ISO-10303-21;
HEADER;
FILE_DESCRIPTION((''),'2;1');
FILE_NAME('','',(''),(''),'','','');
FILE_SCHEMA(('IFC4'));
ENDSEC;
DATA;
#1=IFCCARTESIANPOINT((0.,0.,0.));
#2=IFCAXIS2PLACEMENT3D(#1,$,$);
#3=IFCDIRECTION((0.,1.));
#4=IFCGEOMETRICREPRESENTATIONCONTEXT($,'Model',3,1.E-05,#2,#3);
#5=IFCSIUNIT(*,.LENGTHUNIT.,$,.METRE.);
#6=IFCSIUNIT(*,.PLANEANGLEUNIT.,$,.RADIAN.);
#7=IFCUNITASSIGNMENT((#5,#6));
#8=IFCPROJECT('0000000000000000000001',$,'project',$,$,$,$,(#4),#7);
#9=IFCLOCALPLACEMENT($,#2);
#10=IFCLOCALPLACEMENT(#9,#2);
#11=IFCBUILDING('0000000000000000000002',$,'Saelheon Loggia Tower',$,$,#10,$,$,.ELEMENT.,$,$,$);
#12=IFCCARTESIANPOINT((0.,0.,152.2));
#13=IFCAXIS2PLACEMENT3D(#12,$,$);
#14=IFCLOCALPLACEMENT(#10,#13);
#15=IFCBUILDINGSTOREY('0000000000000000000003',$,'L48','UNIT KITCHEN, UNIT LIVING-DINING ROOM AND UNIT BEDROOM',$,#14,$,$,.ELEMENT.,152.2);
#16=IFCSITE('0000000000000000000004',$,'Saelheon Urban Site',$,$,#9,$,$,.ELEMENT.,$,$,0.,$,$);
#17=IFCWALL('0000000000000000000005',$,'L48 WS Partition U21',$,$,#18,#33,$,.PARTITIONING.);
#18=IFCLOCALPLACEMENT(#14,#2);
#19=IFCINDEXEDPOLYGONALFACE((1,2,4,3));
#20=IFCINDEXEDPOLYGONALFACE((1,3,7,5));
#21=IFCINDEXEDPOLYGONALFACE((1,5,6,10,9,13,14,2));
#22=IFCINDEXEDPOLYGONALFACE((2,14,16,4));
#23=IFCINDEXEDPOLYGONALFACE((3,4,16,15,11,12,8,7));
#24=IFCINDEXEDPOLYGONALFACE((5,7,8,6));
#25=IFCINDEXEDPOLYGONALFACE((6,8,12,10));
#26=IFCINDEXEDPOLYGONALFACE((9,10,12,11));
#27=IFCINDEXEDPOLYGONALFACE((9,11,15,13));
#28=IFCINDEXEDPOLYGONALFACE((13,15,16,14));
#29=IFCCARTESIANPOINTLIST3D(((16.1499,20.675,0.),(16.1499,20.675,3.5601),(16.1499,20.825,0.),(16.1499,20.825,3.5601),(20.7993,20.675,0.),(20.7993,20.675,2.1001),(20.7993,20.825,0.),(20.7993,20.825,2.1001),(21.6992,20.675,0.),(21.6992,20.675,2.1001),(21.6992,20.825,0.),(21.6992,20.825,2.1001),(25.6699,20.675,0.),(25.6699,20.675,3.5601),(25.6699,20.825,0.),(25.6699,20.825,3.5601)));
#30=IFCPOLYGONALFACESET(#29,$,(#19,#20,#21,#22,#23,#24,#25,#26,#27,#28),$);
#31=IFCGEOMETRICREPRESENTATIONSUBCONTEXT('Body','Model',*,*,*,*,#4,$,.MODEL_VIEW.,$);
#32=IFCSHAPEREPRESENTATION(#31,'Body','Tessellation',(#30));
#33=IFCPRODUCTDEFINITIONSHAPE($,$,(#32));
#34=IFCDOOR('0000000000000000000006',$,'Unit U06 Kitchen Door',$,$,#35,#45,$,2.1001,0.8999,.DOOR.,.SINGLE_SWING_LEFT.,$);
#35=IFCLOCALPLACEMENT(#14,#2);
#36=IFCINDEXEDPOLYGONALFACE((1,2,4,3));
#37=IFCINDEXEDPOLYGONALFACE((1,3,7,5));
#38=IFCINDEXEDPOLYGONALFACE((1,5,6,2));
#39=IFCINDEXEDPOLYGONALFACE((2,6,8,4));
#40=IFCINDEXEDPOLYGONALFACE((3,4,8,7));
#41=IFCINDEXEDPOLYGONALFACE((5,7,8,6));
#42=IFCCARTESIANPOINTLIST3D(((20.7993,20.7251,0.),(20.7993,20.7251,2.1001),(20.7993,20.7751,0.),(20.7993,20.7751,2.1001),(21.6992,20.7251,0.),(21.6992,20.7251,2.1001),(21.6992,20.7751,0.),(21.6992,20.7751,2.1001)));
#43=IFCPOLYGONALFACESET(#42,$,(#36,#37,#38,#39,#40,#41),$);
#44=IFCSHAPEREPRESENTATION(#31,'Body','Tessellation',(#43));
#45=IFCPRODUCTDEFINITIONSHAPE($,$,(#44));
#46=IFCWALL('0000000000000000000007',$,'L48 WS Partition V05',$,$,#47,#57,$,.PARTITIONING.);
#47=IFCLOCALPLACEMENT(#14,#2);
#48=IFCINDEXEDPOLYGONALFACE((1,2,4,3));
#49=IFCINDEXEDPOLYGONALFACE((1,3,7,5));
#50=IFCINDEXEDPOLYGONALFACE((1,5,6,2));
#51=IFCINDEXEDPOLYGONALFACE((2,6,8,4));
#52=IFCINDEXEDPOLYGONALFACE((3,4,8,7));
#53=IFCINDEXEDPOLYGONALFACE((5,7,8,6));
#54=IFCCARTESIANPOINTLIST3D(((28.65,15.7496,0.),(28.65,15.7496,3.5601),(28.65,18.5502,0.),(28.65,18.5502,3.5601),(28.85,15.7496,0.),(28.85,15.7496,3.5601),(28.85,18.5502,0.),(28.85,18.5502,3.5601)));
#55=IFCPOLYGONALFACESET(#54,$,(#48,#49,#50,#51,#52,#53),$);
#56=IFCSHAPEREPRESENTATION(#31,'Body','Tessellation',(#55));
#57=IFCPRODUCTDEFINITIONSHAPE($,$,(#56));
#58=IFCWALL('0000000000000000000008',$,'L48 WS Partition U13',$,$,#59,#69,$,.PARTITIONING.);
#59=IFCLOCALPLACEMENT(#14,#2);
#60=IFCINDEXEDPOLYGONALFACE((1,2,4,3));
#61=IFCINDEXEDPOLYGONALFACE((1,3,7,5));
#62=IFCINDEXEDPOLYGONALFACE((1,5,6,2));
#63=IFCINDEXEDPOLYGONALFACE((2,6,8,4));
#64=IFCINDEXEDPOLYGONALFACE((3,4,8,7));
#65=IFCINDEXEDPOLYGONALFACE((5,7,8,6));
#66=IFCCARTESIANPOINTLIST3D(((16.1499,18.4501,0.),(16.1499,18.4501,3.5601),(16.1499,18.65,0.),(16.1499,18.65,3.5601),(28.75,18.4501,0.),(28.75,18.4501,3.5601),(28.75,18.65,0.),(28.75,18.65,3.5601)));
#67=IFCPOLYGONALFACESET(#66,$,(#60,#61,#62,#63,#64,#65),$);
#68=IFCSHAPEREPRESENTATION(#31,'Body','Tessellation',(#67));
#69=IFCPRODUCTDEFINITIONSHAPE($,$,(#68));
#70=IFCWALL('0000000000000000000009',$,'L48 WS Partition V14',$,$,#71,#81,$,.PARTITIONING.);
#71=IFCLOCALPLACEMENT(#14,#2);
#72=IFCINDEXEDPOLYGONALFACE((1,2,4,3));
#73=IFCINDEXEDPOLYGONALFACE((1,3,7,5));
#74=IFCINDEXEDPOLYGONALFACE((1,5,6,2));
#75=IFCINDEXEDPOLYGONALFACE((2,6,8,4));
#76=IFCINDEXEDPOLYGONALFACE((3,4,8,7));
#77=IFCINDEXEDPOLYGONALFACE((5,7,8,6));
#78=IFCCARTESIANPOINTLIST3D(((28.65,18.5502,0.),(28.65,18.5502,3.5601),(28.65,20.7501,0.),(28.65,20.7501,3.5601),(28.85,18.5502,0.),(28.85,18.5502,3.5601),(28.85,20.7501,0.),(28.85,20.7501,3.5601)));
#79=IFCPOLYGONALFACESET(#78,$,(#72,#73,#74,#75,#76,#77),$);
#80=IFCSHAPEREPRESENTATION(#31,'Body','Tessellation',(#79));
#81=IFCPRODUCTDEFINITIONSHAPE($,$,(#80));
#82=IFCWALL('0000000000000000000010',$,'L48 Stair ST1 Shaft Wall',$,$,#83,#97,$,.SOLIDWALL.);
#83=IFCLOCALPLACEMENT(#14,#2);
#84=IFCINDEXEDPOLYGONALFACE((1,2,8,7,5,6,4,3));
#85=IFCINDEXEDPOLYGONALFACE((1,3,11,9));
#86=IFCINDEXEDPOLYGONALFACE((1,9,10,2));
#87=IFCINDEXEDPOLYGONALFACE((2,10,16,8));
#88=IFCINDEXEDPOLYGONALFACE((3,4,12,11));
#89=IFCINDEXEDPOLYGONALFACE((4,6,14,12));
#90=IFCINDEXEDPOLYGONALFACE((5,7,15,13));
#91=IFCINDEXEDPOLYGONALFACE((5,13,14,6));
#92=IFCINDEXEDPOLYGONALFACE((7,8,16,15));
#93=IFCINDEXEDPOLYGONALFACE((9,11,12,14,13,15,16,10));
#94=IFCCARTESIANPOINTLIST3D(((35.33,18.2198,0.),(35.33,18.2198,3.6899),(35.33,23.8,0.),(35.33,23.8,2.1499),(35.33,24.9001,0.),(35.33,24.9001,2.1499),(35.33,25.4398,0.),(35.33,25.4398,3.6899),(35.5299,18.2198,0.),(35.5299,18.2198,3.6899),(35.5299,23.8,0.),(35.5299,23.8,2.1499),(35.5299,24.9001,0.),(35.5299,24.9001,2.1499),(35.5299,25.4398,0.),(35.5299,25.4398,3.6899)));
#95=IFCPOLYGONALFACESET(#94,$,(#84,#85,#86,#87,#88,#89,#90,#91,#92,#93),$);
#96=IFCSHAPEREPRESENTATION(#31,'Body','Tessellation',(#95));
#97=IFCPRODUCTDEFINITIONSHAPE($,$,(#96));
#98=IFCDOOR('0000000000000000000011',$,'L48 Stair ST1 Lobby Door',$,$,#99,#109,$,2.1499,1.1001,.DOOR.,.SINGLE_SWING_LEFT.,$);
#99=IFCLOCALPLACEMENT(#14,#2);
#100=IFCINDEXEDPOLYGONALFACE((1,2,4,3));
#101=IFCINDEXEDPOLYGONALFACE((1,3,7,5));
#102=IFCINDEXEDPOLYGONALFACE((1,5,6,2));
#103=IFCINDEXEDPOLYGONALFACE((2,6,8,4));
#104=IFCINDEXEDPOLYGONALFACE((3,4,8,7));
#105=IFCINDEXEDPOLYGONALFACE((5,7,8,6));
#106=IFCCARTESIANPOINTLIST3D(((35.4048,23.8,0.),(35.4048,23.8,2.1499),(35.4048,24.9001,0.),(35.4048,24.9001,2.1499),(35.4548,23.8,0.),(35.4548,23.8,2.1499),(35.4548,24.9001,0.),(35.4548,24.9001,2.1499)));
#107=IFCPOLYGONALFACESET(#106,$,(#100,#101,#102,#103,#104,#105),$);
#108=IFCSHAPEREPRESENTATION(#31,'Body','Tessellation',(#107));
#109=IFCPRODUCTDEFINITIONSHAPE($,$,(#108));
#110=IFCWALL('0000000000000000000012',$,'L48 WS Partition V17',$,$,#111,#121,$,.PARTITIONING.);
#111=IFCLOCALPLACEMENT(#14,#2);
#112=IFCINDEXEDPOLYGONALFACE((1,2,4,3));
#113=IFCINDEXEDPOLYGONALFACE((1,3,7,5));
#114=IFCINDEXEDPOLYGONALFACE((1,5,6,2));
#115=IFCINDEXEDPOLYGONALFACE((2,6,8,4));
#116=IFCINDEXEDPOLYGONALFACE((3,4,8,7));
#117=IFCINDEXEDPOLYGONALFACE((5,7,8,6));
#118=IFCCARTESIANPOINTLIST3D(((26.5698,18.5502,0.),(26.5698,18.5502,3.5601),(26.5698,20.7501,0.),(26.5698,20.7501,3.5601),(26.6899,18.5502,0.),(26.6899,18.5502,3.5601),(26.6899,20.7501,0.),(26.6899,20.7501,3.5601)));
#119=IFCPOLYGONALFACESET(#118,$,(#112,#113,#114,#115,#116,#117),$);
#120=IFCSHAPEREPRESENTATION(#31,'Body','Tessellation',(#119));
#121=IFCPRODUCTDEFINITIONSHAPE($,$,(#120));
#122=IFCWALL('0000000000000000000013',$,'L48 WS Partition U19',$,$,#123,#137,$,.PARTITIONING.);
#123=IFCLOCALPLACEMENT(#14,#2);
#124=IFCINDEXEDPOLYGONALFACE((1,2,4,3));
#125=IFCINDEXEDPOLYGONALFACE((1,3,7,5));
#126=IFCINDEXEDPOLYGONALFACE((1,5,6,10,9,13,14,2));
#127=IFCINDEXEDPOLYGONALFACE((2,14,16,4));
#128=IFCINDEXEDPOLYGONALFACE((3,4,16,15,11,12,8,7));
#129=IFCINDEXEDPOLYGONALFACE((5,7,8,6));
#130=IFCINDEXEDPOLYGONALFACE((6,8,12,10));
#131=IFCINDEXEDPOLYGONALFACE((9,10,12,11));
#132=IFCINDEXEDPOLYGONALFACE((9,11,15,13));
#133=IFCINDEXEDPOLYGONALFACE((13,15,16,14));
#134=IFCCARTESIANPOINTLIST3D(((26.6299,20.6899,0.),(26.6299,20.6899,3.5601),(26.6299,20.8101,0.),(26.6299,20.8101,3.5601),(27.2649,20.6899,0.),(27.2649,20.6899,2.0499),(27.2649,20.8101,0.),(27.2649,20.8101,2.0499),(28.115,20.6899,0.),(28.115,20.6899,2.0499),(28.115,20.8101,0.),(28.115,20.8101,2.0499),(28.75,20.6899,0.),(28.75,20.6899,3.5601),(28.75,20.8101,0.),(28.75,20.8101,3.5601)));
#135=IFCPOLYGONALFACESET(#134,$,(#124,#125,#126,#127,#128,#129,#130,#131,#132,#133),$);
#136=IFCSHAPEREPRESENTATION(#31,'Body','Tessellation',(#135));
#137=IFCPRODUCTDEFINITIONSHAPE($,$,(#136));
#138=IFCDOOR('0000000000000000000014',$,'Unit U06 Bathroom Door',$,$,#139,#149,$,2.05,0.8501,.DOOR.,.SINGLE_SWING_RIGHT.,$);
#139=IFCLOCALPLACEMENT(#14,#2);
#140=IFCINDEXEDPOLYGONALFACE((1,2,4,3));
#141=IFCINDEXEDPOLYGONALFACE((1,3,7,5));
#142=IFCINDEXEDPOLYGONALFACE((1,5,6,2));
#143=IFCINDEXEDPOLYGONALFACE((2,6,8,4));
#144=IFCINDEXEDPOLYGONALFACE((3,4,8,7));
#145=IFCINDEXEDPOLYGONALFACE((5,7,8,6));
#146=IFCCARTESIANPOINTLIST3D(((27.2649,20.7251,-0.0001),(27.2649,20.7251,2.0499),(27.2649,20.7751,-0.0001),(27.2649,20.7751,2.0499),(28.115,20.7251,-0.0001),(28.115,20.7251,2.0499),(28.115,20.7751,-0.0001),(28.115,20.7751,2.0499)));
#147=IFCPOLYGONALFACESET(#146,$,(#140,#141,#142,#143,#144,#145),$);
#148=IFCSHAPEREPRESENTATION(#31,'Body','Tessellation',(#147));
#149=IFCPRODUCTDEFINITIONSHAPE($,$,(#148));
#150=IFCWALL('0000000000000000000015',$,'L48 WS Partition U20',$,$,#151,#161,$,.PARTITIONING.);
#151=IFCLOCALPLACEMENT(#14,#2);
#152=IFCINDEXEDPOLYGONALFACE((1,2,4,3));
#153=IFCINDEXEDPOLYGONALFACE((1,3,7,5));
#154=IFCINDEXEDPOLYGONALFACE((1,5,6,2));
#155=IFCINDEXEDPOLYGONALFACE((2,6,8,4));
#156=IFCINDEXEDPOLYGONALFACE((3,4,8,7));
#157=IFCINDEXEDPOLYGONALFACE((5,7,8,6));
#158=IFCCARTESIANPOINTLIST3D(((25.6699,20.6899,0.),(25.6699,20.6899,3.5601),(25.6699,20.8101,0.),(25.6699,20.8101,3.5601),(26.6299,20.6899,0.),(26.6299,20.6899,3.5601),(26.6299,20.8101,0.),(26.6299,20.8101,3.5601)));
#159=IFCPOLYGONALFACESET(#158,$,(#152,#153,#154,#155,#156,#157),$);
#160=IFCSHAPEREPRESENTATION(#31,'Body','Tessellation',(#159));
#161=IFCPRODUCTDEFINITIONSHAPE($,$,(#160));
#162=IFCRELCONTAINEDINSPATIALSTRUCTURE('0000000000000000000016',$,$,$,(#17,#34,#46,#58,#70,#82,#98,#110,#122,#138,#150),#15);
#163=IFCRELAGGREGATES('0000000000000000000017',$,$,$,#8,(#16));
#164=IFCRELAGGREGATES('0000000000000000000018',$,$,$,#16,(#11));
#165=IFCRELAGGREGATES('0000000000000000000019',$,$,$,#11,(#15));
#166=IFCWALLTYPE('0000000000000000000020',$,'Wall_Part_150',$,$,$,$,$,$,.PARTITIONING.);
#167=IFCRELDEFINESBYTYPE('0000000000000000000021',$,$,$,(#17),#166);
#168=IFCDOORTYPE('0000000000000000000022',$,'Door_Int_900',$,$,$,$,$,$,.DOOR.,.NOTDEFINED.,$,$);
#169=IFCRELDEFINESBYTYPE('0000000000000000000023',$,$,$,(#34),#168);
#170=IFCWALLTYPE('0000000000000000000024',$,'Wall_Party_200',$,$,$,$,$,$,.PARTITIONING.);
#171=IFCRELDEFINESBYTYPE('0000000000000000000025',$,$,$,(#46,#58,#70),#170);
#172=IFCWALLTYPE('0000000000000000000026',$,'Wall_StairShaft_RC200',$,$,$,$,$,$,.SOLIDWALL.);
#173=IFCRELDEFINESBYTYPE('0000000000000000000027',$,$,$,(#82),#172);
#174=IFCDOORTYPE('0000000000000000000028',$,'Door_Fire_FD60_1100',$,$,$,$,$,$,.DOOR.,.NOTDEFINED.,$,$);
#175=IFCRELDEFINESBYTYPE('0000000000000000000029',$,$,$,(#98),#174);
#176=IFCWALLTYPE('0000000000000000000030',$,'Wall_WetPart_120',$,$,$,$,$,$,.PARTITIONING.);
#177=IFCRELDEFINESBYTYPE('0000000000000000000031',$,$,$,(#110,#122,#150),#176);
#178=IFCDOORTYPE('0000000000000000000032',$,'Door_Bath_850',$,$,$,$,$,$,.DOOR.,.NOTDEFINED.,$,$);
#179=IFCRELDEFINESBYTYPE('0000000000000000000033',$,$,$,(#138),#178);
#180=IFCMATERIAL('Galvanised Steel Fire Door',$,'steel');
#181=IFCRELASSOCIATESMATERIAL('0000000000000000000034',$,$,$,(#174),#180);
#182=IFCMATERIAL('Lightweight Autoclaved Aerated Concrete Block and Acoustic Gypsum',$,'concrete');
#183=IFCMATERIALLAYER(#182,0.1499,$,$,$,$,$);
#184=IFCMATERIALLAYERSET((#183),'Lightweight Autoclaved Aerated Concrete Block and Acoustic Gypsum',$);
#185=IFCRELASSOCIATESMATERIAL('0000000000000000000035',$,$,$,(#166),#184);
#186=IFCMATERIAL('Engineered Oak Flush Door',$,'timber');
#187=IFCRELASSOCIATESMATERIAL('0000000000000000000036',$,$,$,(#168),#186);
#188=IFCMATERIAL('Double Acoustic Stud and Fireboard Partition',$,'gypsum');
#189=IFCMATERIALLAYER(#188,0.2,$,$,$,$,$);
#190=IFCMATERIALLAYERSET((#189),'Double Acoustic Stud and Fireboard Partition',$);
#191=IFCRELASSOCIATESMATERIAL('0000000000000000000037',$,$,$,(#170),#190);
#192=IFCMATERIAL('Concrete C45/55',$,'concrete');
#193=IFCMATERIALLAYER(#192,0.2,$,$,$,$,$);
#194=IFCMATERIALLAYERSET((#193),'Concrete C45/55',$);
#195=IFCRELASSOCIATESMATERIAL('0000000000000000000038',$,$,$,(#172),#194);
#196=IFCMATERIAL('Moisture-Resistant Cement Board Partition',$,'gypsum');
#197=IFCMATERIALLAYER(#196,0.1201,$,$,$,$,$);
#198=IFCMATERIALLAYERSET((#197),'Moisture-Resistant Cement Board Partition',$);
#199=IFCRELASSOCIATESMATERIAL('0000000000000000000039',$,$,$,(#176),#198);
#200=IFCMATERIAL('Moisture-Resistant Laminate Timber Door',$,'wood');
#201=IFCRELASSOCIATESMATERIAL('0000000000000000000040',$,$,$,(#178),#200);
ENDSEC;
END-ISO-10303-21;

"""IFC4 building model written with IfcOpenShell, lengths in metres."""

from ifc_helpers import new_model, si_unit, direction, frame, frame_2d, origin, place, context, subcontext, project, spatial, rectangle, extrude, source, transform, mapped, material, layer, layer_set, type_object, element, fill, save


model = new_model("IFC4")

# Units and contexts
model_context = context("Model", 3, precision=1e-05, world=origin(), true_north=direction((0.0, 1.0)))
body_context = subcontext(model_context, "Body", "Model", "MODEL_VIEW")
ifc_project = project(units=[si_unit("LENGTHUNIT", "METRE"), si_unit("PLANEANGLEUNIT", "RADIAN")], contexts=[model_context])

# Site, building, storey
site_placement = place(None, origin())
site = spatial("IfcSite", under=ifc_project, at=site_placement, Name="Saelheon Urban Site", CompositionType="ELEMENT", RefElevation=0.0)
building_placement = place(site_placement, origin())
building = spatial("IfcBuilding", under=site, at=building_placement, Name="Saelheon Loggia Tower", CompositionType="ELEMENT")
storey_placement = place(building_placement, frame((0.0, 0.0, 152.2)))
storey = spatial("IfcBuildingStorey", under=building, at=storey_placement, Name="L48", Description="UNIT KITCHEN, UNIT LIVING-DINING ROOM AND UNIT BEDROOM", CompositionType="ELEMENT", Elevation=152.2)

# Shared definitions
ifc_material_1 = material(Name="Concrete C45/55", Category="concrete")
ifc_material_2 = material(Name="Galvanised Steel Fire Door", Category="steel")
door_type_1 = type_object("IfcDoorType", Name="Door_Fire_FD60_1100", OperationType="NOTDEFINED", PredefinedType="DOOR", material=ifc_material_2)
shared_shape_1 = source(origin(), body_context, "Body", "SweptSolid", [
    extrude(rectangle(XDim=1.1001, YDim=2.1499, at=frame_2d((0.55, 1.075))), frame((0.0, 0.0249, 0.0), z_axis=(0.0, -1.0, 0.0), x_axis=(1.0, 0.0, 0.0)), (0.0, 0.0, 1.0), 0.05),
])

# Wall, opening, door
ifc_material_3 = material(Name="Lightweight Autoclaved Aerated Concrete Block and Acoustic Gypsum", Category="concrete")
ifc_layer_1 = layer(ifc_material_3, 0.1499)
ifc_layer_set_1 = layer_set([ifc_layer_1], Name="Lightweight Autoclaved Aerated Concrete Block and Acoustic Gypsum")
wall_type_1 = type_object("IfcWallType", Name="Wall_Part_150", PredefinedType="PARTITIONING", material=ifc_layer_set_1)
ifc_material_4 = material(Name="Engineered Oak Flush Door", Category="timber")
door_type_2 = type_object("IfcDoorType", Name="Door_Int_900", OperationType="NOTDEFINED", PredefinedType="DOOR", material=ifc_material_4)
shared_shape_2 = source(origin(), body_context, "Body", "SweptSolid", [
    extrude(rectangle(XDim=0.8999, YDim=2.1001, at=frame_2d((0.45, 1.05))), frame((0.0, 0.0249, 0.0), z_axis=(0.0, -1.0, 0.0), x_axis=(1.0, 0.0, 0.0)), (0.0, 0.0, 1.0), 0.05),
])
wall_1_placement = place(storey_placement, frame((25.6699, 20.75, 0.0), z_axis=(0.0, 0.0, 1.0), x_axis=(-1.0, 0.0, 0.0)))
wall_1 = element("IfcWall", 1, at=wall_1_placement, inside=storey, type_object=wall_type_1, Name="L48 WS Partition U21", PredefinedType="PARTITIONING", context=body_context, shape_type="SweptSolid", body=[
    extrude(rectangle(XDim=9.52, YDim=0.1499, at=frame_2d((4.76, 0.0))), origin(), (0.0, 0.0, 1.0), 3.5601),
])
opening_1_placement = place(wall_1_placement, frame((3.9707, 0.0, 0.0)))
opening_1 = element("IfcOpeningElement", 2, at=opening_1_placement, cuts=wall_1, PredefinedType="OPENING", context=body_context, shape_type="SweptSolid", body=[
    extrude(rectangle(XDim=0.8999, YDim=2.1001, at=frame_2d((0.45, 1.05))), frame((0.0, 0.0869, 0.0), z_axis=(0.0, -1.0, 0.0), x_axis=(1.0, 0.0, 0.0)), (0.0, 0.0, 1.0), 0.1738),
])
door_1_placement = place(opening_1_placement, origin())
door_1 = element("IfcDoor", 3, at=door_1_placement, inside=storey, type_object=door_type_2, Name="Unit U06 Kitchen Door", OperationType="SINGLE_SWING_LEFT", OverallHeight=2.1001, OverallWidth=0.8999, PredefinedType="DOOR", context=body_context, shape_type="MappedRepresentation", body=[
    mapped(shared_shape_2, transform((0.0, 0.0, 0.0), scale=1.0)),
])
fill(opening_1, door_1)

# Walls
ifc_material_5 = material(Name="Double Acoustic Stud and Fireboard Partition", Category="gypsum")
ifc_layer_2 = layer(ifc_material_5, 0.2)
ifc_layer_set_2 = layer_set([ifc_layer_2], Name="Double Acoustic Stud and Fireboard Partition")
wall_type_2 = type_object("IfcWallType", Name="Wall_Party_200", PredefinedType="PARTITIONING", material=ifc_layer_set_2)
wall_2_placement = place(storey_placement, frame((28.75, 15.7495, 0.0), z_axis=(0.0, 0.0, 1.0), x_axis=(0.0, 1.0, 0.0)))
element("IfcWall", 4, at=wall_2_placement, inside=storey, type_object=wall_type_2, Name="L48 WS Partition V05", PredefinedType="PARTITIONING", context=body_context, shape_type="SweptSolid", body=[
    extrude(rectangle(XDim=2.8005, YDim=0.2, at=frame_2d((1.4004, 0.0))), origin(), (0.0, 0.0, 1.0), 3.5601),
])
wall_3_placement = place(storey_placement, frame((28.75, 18.55, 0.0), z_axis=(0.0, 0.0, 1.0), x_axis=(-1.0, 0.0, 0.0)))
element("IfcWall", 5, at=wall_3_placement, inside=storey, type_object=wall_type_2, Name="L48 WS Partition U13", PredefinedType="PARTITIONING", context=body_context, shape_type="SweptSolid", body=[
    extrude(rectangle(XDim=12.6001, YDim=0.2, at=frame_2d((6.3, 0.0))), origin(), (0.0, 0.0, 1.0), 3.5601),
])
wall_4_placement = place(storey_placement, frame((28.75, 18.55, 0.0), z_axis=(0.0, 0.0, 1.0), x_axis=(0.0, 1.0, 0.0)))
element("IfcWall", 6, at=wall_4_placement, inside=storey, type_object=wall_type_2, Name="L48 WS Partition V14", PredefinedType="PARTITIONING", context=body_context, shape_type="SweptSolid", body=[
    extrude(rectangle(XDim=2.2, YDim=0.2, at=frame_2d((1.1001, 0.0))), origin(), (0.0, 0.0, 1.0), 3.5601),
])

# Wall, opening, door
ifc_layer_3 = layer(ifc_material_1, 0.2)
ifc_layer_set_3 = layer_set([ifc_layer_3], Name="Concrete C45/55")
wall_type_3 = type_object("IfcWallType", Name="Wall_StairShaft_RC200", PredefinedType="SOLIDWALL", material=ifc_layer_set_3)
wall_5_placement = place(storey_placement, frame((35.4299, 18.22, 0.0), z_axis=(0.0, 0.0, 1.0), x_axis=(0.0, 1.0, 0.0)))
wall_5 = element("IfcWall", 7, at=wall_5_placement, inside=storey, type_object=wall_type_3, Name="L48 Stair ST1 Shaft Wall", PredefinedType="SOLIDWALL", context=body_context, shape_type="SweptSolid", body=[
    extrude(rectangle(XDim=7.22, YDim=0.2, at=frame_2d((3.6099, 0.0))), origin(), (0.0, 0.0, 1.0), 3.6899),
])
opening_2_placement = place(wall_5_placement, frame((6.6802, 0.0, 0.0), z_axis=(0.0, 0.0, 1.0), x_axis=(-1.0, 0.0, 0.0)))
opening_2 = element("IfcOpeningElement", 8, at=opening_2_placement, cuts=wall_5, PredefinedType="OPENING", context=body_context, shape_type="SweptSolid", body=[
    extrude(rectangle(XDim=1.1001, YDim=2.1499, at=frame_2d((0.55, 1.075))), frame((0.0, 0.1121, 0.0), z_axis=(0.0, -1.0, 0.0), x_axis=(1.0, 0.0, 0.0)), (0.0, 0.0, 1.0), 0.2239),
])
door_2_placement = place(opening_2_placement, origin())
door_2 = element("IfcDoor", 9, at=door_2_placement, inside=storey, type_object=door_type_1, Name="L48 Stair ST1 Lobby Door", OperationType="SINGLE_SWING_LEFT", OverallHeight=2.1499, OverallWidth=1.1001, PredefinedType="DOOR", context=body_context, shape_type="MappedRepresentation", body=[
    mapped(shared_shape_1, transform((0.0, 0.0, 0.0), scale=1.0)),
])
fill(opening_2, door_2)

# Wall
ifc_material_6 = material(Name="Moisture-Resistant Cement Board Partition", Category="gypsum")
ifc_layer_4 = layer(ifc_material_6, 0.1201)
ifc_layer_set_4 = layer_set([ifc_layer_4], Name="Moisture-Resistant Cement Board Partition")
wall_type_4 = type_object("IfcWallType", Name="Wall_WetPart_120", PredefinedType="PARTITIONING", material=ifc_layer_set_4)
wall_6_placement = place(storey_placement, frame((26.6299, 18.55, 0.0), z_axis=(0.0, 0.0, 1.0), x_axis=(0.0, 1.0, 0.0)))
element("IfcWall", 10, at=wall_6_placement, inside=storey, type_object=wall_type_4, Name="L48 WS Partition V17", PredefinedType="PARTITIONING", context=body_context, shape_type="SweptSolid", body=[
    extrude(rectangle(XDim=2.2, YDim=0.1201, at=frame_2d((1.1001, 0.0))), origin(), (0.0, 0.0, 1.0), 3.5601),
])

# Wall, opening, door
wall_7_placement = place(storey_placement, frame((28.75, 20.75, 0.0), z_axis=(0.0, 0.0, 1.0), x_axis=(-1.0, 0.0, 0.0)))
wall_7 = element("IfcWall", 11, at=wall_7_placement, inside=storey, type_object=wall_type_4, Name="L48 WS Partition U19", PredefinedType="PARTITIONING", context=body_context, shape_type="SweptSolid", body=[
    extrude(rectangle(XDim=2.1201, YDim=0.1201, at=frame_2d((1.0601, 0.0))), origin(), (0.0, 0.0, 1.0), 3.5601),
])
opening_3_placement = place(wall_7_placement, frame((0.635, 0.0, 0.0)))
opening_3 = element("IfcOpeningElement", 12, at=opening_3_placement, cuts=wall_7, PredefinedType="OPENING", context=body_context, shape_type="SweptSolid", body=[
    extrude(rectangle(XDim=0.8501, YDim=2.05, at=frame_2d((0.425, 1.0249))), frame((0.0, 0.072, 0.0), z_axis=(0.0, -1.0, 0.0), x_axis=(1.0, 0.0, 0.0)), (0.0, 0.0, 1.0), 0.144),
])
ifc_material_7 = material(Name="Moisture-Resistant Laminate Timber Door", Category="wood")
door_type_3 = type_object("IfcDoorType", Name="Door_Bath_850", OperationType="NOTDEFINED", PredefinedType="DOOR", material=ifc_material_7)
shared_shape_3 = source(origin(), body_context, "Body", "SweptSolid", [
    extrude(rectangle(XDim=0.8501, YDim=2.05, at=frame_2d((0.425, 1.0249))), frame((0.0, 0.0249, 0.0), z_axis=(0.0, -1.0, 0.0), x_axis=(1.0, 0.0, 0.0)), (0.0, 0.0, 1.0), 0.05),
])
door_3_placement = place(opening_3_placement, origin())
door_3 = element("IfcDoor", 13, at=door_3_placement, inside=storey, type_object=door_type_3, Name="Unit U06 Bathroom Door", OperationType="SINGLE_SWING_RIGHT", OverallHeight=2.05, OverallWidth=0.8501, PredefinedType="DOOR", context=body_context, shape_type="MappedRepresentation", body=[
    mapped(shared_shape_3, transform((0.0, 0.0, 0.0), scale=1.0)),
])
fill(opening_3, door_3)

# Wall
wall_8_placement = place(storey_placement, frame((26.6299, 20.75, 0.0), z_axis=(0.0, 0.0, 1.0), x_axis=(-1.0, 0.0, 0.0)))
element("IfcWall", 14, at=wall_8_placement, inside=storey, type_object=wall_type_4, Name="L48 WS Partition U20", PredefinedType="PARTITIONING", context=body_context, shape_type="SweptSolid", body=[
    extrude(rectangle(XDim=0.96, YDim=0.1201, at=frame_2d((0.48, 0.0))), origin(), (0.0, 0.0, 1.0), 3.5601),
])

save(model, "model.ifc")
